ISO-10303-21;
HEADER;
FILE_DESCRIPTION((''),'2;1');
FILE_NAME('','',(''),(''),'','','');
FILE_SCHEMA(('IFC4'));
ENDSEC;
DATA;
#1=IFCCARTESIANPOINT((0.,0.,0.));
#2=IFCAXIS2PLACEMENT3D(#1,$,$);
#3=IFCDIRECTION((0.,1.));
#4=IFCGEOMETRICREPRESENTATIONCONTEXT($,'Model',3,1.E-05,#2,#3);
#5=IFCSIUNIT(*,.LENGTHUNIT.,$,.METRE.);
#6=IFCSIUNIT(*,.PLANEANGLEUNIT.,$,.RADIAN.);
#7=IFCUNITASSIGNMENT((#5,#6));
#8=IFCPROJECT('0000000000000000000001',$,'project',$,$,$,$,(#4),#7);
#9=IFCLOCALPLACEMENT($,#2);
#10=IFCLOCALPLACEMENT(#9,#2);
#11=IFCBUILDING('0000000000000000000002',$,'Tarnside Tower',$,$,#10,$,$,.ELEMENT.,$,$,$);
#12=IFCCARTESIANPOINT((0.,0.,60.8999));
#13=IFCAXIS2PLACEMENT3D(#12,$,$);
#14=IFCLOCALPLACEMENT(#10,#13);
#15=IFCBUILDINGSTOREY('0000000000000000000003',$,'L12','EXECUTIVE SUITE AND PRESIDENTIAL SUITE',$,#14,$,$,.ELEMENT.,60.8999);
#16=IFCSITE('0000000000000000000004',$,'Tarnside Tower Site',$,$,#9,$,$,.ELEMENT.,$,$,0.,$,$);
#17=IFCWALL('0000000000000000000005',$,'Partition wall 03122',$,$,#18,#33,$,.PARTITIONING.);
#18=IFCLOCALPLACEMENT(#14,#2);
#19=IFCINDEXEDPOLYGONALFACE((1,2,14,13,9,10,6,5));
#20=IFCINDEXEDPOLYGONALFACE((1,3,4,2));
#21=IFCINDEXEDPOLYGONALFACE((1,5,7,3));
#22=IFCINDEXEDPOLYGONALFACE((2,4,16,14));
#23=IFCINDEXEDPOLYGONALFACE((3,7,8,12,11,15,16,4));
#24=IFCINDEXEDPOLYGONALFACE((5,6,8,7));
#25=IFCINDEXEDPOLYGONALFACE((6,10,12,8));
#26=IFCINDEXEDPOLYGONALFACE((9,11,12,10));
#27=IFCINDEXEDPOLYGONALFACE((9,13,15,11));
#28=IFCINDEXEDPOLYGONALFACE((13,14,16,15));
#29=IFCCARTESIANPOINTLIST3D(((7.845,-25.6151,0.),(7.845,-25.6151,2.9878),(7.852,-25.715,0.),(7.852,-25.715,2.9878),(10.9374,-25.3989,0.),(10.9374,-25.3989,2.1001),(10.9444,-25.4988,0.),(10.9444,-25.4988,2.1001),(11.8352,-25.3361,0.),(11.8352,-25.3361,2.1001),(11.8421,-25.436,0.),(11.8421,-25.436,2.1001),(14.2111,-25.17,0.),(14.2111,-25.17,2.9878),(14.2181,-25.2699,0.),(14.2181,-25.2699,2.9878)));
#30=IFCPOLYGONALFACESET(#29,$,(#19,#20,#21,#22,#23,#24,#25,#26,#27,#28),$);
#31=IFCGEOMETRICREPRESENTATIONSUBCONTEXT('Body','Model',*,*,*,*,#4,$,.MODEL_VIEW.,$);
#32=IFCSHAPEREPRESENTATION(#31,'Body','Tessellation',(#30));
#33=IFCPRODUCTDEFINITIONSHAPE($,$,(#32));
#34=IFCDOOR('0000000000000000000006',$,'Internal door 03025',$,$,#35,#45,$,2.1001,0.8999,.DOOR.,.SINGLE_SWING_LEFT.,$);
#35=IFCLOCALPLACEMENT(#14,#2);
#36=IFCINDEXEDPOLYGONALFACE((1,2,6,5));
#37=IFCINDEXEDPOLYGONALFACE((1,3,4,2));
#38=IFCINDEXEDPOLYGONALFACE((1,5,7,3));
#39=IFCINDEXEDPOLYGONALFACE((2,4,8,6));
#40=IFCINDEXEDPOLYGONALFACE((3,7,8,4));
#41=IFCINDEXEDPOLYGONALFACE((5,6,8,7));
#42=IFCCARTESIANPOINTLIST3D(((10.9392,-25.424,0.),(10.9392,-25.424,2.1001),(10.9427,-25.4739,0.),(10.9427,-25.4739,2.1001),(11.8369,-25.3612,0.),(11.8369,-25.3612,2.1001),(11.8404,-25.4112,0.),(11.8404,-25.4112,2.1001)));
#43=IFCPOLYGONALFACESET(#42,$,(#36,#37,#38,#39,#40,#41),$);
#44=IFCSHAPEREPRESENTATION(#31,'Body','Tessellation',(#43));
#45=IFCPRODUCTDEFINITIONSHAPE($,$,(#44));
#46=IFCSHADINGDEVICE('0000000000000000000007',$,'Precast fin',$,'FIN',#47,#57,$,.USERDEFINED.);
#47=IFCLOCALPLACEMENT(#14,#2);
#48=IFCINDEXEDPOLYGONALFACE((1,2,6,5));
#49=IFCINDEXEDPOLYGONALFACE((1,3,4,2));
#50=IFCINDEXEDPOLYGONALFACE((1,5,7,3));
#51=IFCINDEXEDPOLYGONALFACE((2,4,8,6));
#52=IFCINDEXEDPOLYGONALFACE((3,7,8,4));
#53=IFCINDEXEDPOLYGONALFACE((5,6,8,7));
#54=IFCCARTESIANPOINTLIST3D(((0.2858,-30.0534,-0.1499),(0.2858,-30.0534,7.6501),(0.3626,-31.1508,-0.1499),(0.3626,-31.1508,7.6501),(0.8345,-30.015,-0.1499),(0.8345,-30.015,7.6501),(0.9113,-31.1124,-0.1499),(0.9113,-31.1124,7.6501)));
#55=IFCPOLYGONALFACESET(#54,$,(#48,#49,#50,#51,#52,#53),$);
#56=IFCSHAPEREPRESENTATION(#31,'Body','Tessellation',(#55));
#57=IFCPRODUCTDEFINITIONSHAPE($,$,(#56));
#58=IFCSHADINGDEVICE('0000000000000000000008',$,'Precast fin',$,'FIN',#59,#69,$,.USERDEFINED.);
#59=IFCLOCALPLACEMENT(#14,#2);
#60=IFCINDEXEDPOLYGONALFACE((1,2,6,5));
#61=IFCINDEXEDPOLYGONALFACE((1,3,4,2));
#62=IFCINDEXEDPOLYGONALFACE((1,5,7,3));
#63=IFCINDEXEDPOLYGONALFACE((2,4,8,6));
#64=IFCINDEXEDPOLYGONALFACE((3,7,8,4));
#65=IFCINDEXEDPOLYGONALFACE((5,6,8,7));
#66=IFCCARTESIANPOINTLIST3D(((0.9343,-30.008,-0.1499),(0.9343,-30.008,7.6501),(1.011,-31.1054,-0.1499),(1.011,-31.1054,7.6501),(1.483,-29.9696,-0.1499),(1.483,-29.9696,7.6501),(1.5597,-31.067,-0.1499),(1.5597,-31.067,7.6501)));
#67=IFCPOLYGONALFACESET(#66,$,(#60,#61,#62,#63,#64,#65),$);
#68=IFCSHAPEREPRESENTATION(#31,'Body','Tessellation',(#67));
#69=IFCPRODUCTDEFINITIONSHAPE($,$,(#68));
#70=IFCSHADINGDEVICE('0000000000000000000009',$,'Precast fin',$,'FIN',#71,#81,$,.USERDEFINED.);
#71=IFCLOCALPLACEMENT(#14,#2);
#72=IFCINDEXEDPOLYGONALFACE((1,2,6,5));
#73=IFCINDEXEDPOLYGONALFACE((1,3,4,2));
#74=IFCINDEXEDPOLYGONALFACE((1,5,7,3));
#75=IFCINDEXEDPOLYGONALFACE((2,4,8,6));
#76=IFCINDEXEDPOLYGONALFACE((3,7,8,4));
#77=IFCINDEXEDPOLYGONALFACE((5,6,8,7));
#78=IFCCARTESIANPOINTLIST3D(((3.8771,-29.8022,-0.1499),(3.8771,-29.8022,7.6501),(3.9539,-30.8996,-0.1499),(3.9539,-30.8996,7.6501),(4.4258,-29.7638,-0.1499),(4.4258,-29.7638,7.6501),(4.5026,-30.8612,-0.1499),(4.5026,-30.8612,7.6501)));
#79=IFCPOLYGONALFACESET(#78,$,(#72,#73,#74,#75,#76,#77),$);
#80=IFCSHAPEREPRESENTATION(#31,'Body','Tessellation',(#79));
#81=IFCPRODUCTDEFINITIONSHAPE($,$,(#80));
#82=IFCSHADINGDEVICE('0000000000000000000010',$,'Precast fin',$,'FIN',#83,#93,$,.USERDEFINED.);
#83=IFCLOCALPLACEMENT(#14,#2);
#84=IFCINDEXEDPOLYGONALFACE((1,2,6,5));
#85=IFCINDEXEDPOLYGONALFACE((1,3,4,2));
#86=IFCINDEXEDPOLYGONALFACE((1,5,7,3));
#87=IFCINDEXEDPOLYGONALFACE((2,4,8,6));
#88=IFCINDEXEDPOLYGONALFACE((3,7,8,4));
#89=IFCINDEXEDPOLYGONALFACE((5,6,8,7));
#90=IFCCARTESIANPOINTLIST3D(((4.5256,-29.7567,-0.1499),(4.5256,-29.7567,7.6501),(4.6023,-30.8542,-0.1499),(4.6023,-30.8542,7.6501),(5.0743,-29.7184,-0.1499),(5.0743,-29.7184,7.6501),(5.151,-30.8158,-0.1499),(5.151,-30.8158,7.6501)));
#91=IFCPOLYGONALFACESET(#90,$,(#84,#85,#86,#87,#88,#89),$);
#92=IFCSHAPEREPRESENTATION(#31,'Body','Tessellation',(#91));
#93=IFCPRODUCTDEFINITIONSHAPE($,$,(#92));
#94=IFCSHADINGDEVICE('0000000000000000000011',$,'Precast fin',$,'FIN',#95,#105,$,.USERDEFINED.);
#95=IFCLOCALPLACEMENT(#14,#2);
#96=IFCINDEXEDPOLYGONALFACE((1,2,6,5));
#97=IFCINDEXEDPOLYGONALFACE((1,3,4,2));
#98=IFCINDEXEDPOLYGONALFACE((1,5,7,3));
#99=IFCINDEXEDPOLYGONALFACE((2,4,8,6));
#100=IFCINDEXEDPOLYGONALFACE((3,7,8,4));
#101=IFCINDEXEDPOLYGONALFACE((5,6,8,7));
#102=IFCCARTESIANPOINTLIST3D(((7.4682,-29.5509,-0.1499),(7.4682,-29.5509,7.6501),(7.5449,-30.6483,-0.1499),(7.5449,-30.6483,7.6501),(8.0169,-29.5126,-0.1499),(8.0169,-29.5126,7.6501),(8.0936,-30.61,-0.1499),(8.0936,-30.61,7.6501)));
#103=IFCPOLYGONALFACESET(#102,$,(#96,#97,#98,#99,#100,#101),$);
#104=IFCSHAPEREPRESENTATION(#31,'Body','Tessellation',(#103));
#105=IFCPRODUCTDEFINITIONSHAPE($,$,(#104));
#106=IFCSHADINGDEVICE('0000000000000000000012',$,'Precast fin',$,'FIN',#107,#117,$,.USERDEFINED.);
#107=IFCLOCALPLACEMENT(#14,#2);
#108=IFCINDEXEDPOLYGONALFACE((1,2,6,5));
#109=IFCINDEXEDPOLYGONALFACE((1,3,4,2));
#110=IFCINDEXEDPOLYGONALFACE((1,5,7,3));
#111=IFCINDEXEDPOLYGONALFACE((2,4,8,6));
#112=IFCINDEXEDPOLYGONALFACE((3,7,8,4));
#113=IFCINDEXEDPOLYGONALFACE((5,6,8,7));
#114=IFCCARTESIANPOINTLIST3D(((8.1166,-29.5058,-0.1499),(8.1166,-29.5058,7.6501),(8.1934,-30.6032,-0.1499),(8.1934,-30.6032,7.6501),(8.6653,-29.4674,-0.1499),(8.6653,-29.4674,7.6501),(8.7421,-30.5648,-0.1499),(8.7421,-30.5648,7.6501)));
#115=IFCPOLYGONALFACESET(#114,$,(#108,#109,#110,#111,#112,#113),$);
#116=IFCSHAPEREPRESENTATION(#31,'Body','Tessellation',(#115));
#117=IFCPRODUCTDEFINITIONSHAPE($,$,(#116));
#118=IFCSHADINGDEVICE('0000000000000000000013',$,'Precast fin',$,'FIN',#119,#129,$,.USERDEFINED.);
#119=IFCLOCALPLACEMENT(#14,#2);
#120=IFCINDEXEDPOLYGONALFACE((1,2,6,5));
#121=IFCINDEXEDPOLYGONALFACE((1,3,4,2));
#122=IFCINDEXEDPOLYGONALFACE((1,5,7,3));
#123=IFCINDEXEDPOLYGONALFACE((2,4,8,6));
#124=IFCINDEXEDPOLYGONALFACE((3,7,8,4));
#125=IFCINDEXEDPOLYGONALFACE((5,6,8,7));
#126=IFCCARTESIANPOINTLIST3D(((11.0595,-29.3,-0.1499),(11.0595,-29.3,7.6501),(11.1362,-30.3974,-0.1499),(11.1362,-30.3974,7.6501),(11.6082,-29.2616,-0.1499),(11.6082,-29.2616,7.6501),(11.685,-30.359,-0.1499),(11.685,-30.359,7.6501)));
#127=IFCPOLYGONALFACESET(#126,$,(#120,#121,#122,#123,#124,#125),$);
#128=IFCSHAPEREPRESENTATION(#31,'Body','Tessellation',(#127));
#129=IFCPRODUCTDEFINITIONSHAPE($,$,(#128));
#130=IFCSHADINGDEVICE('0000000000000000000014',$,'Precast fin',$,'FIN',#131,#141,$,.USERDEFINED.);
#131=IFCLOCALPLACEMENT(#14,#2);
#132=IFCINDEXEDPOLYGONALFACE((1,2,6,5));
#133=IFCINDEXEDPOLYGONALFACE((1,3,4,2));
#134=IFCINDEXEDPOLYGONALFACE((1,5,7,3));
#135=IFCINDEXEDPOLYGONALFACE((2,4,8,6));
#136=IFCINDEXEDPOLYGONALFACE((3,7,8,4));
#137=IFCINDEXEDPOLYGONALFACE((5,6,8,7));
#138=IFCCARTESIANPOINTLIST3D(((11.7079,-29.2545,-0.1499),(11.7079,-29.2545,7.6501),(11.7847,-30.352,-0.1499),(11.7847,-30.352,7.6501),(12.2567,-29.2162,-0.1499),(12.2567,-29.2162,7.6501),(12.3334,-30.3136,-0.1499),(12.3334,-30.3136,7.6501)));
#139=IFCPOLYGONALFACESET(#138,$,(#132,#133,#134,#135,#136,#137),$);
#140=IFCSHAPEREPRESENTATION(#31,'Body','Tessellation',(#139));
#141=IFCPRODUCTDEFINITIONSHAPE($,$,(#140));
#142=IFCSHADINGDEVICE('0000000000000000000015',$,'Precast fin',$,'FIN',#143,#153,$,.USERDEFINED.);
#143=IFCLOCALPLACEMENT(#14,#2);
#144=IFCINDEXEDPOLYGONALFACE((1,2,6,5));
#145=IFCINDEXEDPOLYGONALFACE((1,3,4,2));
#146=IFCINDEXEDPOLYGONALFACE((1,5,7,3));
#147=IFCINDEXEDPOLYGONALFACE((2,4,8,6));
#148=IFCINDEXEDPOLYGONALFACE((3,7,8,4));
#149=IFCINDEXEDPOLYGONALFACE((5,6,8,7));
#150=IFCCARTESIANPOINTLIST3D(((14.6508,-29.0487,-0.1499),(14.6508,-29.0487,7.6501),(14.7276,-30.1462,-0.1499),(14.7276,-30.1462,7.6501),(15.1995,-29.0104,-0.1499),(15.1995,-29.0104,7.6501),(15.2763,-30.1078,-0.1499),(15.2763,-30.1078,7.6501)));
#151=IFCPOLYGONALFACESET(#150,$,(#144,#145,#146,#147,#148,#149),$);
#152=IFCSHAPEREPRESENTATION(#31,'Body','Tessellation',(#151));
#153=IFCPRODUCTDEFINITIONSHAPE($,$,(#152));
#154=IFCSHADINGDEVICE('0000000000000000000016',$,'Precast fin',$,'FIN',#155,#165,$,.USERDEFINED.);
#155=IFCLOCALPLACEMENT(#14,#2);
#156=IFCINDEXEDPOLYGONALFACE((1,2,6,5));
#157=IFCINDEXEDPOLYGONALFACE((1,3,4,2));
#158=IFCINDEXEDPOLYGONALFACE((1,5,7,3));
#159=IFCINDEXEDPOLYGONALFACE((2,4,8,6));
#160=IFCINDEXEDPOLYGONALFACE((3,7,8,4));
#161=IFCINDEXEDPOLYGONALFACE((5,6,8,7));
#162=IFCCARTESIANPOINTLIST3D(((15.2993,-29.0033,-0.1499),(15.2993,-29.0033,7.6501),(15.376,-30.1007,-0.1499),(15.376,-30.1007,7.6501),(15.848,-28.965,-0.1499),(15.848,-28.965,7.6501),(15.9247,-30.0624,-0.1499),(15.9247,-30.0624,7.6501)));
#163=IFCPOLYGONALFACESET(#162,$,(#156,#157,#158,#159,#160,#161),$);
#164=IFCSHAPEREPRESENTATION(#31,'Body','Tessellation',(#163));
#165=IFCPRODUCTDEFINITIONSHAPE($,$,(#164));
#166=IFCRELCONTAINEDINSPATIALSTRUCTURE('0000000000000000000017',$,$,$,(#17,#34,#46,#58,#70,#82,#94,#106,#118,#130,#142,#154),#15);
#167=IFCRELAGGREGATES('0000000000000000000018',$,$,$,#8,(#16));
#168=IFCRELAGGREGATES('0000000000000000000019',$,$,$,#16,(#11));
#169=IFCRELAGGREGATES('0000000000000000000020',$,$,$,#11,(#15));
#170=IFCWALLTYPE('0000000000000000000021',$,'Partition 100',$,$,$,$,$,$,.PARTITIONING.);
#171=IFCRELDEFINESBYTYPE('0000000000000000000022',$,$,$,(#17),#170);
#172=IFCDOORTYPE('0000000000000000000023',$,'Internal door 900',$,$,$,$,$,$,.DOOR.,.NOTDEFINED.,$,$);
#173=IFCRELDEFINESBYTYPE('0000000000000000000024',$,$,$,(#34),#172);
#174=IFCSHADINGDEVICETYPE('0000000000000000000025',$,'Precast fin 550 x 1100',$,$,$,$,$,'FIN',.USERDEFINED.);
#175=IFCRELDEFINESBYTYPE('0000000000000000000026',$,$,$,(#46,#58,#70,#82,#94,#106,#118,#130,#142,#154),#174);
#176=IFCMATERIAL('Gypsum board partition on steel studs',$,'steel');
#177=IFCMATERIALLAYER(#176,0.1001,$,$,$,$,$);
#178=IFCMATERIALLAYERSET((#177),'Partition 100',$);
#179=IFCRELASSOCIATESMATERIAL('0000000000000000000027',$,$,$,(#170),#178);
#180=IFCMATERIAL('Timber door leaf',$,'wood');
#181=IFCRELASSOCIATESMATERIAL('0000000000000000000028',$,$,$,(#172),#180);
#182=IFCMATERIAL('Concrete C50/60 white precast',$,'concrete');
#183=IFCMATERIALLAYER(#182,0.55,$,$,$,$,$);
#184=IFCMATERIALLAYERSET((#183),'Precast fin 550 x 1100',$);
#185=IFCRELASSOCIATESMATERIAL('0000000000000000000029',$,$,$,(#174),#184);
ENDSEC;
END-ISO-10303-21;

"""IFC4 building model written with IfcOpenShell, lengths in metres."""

from ifc_helpers import new_model, si_unit, direction, frame, frame_2d, origin, place, context, subcontext, project, spatial, polyline, rectangle, outline, extrude, material, layer, layer_set, type_object, element, fill, save


model = new_model("IFC4")

# Units and contexts
model_context = context("Model", 3, precision=1e-05, world=origin(), true_north=direction((0.0, 1.0)))
body_context = subcontext(model_context, "Body", "Model", "MODEL_VIEW")
ifc_project = project(units=[si_unit("LENGTHUNIT", "METRE"), si_unit("PLANEANGLEUNIT", "RADIAN")], contexts=[model_context])

# Site, building, storey
site_placement = place(None, origin())
site = spatial("IfcSite", under=ifc_project, at=site_placement, Name="Tarnside Tower Site", CompositionType="ELEMENT", RefElevation=0.0)
building_placement = place(site_placement, origin())
building = spatial("IfcBuilding", under=site, at=building_placement, Name="Tarnside Tower", CompositionType="ELEMENT")
storey_placement = place(building_placement, frame((0.0, 0.0, 60.8999)))
storey = spatial("IfcBuildingStorey", under=building, at=storey_placement, Name="L12", Description="EXECUTIVE SUITE AND PRESIDENTIAL SUITE", CompositionType="ELEMENT", Elevation=60.8999)

# Shared definitions
ifc_material_1 = material(Name="Gypsum board partition on steel studs", Category="steel")

# Shared definitions
ifc_layer_1 = layer(ifc_material_1, 0.1001)
ifc_layer_set_1 = layer_set([ifc_layer_1], Name="Partition 100")
wall_type_1 = type_object("IfcWallType", Name="Partition 100", PredefinedType="PARTITIONING", material=ifc_layer_set_1)
ifc_material_2 = material(Name="Timber door leaf", Category="wood")
door_type = type_object("IfcDoorType", Name="Internal door 900", OperationType="NOTDEFINED", PredefinedType="DOOR", material=ifc_material_2)

# Wall, opening, door
wall_1_placement = place(storey_placement, frame((7.8484, -25.665, 0.0), z_axis=(0.0, 0.0, 1.0), x_axis=(0.997565, 0.069743, 0.0)))
wall_1 = element("IfcWall", 1, at=wall_1_placement, inside=storey, type_object=wall_type_1, Name="Partition wall 03122", PredefinedType="PARTITIONING", context=body_context, shape_type="SweptSolid", body=[
    extrude(rectangle(XDim=6.3816, YDim=0.1001, at=frame_2d((3.1909, 0.0))), origin(), (0.0, 0.0, 1.0), 2.9878),
])
opening_1_placement = place(wall_1_placement, frame((3.1001, 0.0, 0.0)))
opening_1 = element("IfcOpeningElement", 2, at=opening_1_placement, cuts=wall_1, PredefinedType="OPENING", context=body_context, shape_type="SweptSolid", body=[
    extrude(rectangle(XDim=0.8999, YDim=2.1001, at=frame_2d((0.45, 1.05))), frame((0.0, 0.0601, 0.0), z_axis=(0.0, -1.0, 0.0), x_axis=(1.0, 0.0, 0.0)), (0.0, 0.0, 1.0), 0.1201),
])
door_1_placement = place(opening_1_placement, origin())
door_1 = element("IfcDoor", 3, at=door_1_placement, inside=storey, type_object=door_type, Name="Internal door 03025", OperationType="SINGLE_SWING_LEFT", OverallHeight=2.1001, OverallWidth=0.8999, PredefinedType="DOOR", context=body_context, shape_type="SweptSolid", body=[
    extrude(rectangle(XDim=0.8999, YDim=2.1001, at=frame_2d((0.45, 1.05))), frame((0.0, 0.0249, 0.0), z_axis=(0.0, -1.0, 0.0), x_axis=(1.0, 0.0, 0.0)), (0.0, 0.0, 1.0), 0.05),
])
fill(opening_1, door_1)

# Shading devices
ifc_material_3 = material(Name="Concrete C50/60 white precast", Category="concrete")
ifc_layer_2 = layer(ifc_material_3, 0.55)
ifc_layer_set_2 = layer_set([ifc_layer_2], Name="Precast fin 550 x 1100")
shading_device_type = type_object("IfcShadingDeviceType", Name="Precast fin 550 x 1100", ElementType="FIN", PredefinedType="USERDEFINED", material=ifc_layer_set_2)
for number, where, z_axis, x_axis, name in (
    (4, (0.5603, -30.0342, -0.1499), (-0.997564, -0.069756, 0.0), (0.069756, -0.997564, 0.0), "Precast fin"),
    (5, (1.2087, -29.9888, -0.1499), (-0.997564, -0.069756, 0.0), (0.069756, -0.997564, 0.0), "Precast fin"),
    (6, (4.1516, -29.783, -0.1499), (-0.997564, -0.069756, 0.0), (0.069756, -0.997564, 0.0), "Precast fin"),
    (7, (4.8, -29.7375, -0.1499), (-0.997564, -0.069756, 0.0), (0.069756, -0.997564, 0.0), "Precast fin"),
    (8, (7.7427, -29.5317, -0.1499), (-0.997564, -0.069756, 0.0), (0.069756, -0.997564, 0.0), "Precast fin"),
    (9, (8.3911, -29.4866, -0.1499), (-0.997564, -0.069756, 0.0), (0.069756, -0.997564, 0.0), "Precast fin"),
    (10, (11.334, -29.2808, -0.1499), (-0.997564, -0.069756, 0.0), (0.069756, -0.997564, 0.0), "Precast fin"),
    (11, (11.9824, -29.2354, -0.1499), (-0.997564, -0.069756, 0.0), (0.069756, -0.997564, 0.0), "Precast fin"),
    (12, (14.9253, -29.0295, -0.1499), (-0.997564, -0.069756, 0.0), (0.069756, -0.997564, 0.0), "Precast fin"),
    (13, (15.5737, -28.9841, -0.1499), (-0.997564, -0.069756, 0.0), (0.069756, -0.997564, 0.0), "Precast fin"),
):
    element("IfcShadingDevice", number, at=place(storey_placement, frame(where, z_axis=z_axis, x_axis=x_axis)), inside=storey, type_object=shading_device_type, Name=name, ObjectType="FIN", PredefinedType="USERDEFINED", context=body_context, shape_type="SweptSolid", body=[
        extrude(outline(polyline([(0.0, 0.0), (1.1001, 0.0), (1.1001, 7.8), (0.0, 7.8), (0.0, 0.0)])), frame((0.0, 0.0, -0.2749)), (0.0, 0.0, 1.0), 0.55),
    ])

save(model, "model.ifc")
